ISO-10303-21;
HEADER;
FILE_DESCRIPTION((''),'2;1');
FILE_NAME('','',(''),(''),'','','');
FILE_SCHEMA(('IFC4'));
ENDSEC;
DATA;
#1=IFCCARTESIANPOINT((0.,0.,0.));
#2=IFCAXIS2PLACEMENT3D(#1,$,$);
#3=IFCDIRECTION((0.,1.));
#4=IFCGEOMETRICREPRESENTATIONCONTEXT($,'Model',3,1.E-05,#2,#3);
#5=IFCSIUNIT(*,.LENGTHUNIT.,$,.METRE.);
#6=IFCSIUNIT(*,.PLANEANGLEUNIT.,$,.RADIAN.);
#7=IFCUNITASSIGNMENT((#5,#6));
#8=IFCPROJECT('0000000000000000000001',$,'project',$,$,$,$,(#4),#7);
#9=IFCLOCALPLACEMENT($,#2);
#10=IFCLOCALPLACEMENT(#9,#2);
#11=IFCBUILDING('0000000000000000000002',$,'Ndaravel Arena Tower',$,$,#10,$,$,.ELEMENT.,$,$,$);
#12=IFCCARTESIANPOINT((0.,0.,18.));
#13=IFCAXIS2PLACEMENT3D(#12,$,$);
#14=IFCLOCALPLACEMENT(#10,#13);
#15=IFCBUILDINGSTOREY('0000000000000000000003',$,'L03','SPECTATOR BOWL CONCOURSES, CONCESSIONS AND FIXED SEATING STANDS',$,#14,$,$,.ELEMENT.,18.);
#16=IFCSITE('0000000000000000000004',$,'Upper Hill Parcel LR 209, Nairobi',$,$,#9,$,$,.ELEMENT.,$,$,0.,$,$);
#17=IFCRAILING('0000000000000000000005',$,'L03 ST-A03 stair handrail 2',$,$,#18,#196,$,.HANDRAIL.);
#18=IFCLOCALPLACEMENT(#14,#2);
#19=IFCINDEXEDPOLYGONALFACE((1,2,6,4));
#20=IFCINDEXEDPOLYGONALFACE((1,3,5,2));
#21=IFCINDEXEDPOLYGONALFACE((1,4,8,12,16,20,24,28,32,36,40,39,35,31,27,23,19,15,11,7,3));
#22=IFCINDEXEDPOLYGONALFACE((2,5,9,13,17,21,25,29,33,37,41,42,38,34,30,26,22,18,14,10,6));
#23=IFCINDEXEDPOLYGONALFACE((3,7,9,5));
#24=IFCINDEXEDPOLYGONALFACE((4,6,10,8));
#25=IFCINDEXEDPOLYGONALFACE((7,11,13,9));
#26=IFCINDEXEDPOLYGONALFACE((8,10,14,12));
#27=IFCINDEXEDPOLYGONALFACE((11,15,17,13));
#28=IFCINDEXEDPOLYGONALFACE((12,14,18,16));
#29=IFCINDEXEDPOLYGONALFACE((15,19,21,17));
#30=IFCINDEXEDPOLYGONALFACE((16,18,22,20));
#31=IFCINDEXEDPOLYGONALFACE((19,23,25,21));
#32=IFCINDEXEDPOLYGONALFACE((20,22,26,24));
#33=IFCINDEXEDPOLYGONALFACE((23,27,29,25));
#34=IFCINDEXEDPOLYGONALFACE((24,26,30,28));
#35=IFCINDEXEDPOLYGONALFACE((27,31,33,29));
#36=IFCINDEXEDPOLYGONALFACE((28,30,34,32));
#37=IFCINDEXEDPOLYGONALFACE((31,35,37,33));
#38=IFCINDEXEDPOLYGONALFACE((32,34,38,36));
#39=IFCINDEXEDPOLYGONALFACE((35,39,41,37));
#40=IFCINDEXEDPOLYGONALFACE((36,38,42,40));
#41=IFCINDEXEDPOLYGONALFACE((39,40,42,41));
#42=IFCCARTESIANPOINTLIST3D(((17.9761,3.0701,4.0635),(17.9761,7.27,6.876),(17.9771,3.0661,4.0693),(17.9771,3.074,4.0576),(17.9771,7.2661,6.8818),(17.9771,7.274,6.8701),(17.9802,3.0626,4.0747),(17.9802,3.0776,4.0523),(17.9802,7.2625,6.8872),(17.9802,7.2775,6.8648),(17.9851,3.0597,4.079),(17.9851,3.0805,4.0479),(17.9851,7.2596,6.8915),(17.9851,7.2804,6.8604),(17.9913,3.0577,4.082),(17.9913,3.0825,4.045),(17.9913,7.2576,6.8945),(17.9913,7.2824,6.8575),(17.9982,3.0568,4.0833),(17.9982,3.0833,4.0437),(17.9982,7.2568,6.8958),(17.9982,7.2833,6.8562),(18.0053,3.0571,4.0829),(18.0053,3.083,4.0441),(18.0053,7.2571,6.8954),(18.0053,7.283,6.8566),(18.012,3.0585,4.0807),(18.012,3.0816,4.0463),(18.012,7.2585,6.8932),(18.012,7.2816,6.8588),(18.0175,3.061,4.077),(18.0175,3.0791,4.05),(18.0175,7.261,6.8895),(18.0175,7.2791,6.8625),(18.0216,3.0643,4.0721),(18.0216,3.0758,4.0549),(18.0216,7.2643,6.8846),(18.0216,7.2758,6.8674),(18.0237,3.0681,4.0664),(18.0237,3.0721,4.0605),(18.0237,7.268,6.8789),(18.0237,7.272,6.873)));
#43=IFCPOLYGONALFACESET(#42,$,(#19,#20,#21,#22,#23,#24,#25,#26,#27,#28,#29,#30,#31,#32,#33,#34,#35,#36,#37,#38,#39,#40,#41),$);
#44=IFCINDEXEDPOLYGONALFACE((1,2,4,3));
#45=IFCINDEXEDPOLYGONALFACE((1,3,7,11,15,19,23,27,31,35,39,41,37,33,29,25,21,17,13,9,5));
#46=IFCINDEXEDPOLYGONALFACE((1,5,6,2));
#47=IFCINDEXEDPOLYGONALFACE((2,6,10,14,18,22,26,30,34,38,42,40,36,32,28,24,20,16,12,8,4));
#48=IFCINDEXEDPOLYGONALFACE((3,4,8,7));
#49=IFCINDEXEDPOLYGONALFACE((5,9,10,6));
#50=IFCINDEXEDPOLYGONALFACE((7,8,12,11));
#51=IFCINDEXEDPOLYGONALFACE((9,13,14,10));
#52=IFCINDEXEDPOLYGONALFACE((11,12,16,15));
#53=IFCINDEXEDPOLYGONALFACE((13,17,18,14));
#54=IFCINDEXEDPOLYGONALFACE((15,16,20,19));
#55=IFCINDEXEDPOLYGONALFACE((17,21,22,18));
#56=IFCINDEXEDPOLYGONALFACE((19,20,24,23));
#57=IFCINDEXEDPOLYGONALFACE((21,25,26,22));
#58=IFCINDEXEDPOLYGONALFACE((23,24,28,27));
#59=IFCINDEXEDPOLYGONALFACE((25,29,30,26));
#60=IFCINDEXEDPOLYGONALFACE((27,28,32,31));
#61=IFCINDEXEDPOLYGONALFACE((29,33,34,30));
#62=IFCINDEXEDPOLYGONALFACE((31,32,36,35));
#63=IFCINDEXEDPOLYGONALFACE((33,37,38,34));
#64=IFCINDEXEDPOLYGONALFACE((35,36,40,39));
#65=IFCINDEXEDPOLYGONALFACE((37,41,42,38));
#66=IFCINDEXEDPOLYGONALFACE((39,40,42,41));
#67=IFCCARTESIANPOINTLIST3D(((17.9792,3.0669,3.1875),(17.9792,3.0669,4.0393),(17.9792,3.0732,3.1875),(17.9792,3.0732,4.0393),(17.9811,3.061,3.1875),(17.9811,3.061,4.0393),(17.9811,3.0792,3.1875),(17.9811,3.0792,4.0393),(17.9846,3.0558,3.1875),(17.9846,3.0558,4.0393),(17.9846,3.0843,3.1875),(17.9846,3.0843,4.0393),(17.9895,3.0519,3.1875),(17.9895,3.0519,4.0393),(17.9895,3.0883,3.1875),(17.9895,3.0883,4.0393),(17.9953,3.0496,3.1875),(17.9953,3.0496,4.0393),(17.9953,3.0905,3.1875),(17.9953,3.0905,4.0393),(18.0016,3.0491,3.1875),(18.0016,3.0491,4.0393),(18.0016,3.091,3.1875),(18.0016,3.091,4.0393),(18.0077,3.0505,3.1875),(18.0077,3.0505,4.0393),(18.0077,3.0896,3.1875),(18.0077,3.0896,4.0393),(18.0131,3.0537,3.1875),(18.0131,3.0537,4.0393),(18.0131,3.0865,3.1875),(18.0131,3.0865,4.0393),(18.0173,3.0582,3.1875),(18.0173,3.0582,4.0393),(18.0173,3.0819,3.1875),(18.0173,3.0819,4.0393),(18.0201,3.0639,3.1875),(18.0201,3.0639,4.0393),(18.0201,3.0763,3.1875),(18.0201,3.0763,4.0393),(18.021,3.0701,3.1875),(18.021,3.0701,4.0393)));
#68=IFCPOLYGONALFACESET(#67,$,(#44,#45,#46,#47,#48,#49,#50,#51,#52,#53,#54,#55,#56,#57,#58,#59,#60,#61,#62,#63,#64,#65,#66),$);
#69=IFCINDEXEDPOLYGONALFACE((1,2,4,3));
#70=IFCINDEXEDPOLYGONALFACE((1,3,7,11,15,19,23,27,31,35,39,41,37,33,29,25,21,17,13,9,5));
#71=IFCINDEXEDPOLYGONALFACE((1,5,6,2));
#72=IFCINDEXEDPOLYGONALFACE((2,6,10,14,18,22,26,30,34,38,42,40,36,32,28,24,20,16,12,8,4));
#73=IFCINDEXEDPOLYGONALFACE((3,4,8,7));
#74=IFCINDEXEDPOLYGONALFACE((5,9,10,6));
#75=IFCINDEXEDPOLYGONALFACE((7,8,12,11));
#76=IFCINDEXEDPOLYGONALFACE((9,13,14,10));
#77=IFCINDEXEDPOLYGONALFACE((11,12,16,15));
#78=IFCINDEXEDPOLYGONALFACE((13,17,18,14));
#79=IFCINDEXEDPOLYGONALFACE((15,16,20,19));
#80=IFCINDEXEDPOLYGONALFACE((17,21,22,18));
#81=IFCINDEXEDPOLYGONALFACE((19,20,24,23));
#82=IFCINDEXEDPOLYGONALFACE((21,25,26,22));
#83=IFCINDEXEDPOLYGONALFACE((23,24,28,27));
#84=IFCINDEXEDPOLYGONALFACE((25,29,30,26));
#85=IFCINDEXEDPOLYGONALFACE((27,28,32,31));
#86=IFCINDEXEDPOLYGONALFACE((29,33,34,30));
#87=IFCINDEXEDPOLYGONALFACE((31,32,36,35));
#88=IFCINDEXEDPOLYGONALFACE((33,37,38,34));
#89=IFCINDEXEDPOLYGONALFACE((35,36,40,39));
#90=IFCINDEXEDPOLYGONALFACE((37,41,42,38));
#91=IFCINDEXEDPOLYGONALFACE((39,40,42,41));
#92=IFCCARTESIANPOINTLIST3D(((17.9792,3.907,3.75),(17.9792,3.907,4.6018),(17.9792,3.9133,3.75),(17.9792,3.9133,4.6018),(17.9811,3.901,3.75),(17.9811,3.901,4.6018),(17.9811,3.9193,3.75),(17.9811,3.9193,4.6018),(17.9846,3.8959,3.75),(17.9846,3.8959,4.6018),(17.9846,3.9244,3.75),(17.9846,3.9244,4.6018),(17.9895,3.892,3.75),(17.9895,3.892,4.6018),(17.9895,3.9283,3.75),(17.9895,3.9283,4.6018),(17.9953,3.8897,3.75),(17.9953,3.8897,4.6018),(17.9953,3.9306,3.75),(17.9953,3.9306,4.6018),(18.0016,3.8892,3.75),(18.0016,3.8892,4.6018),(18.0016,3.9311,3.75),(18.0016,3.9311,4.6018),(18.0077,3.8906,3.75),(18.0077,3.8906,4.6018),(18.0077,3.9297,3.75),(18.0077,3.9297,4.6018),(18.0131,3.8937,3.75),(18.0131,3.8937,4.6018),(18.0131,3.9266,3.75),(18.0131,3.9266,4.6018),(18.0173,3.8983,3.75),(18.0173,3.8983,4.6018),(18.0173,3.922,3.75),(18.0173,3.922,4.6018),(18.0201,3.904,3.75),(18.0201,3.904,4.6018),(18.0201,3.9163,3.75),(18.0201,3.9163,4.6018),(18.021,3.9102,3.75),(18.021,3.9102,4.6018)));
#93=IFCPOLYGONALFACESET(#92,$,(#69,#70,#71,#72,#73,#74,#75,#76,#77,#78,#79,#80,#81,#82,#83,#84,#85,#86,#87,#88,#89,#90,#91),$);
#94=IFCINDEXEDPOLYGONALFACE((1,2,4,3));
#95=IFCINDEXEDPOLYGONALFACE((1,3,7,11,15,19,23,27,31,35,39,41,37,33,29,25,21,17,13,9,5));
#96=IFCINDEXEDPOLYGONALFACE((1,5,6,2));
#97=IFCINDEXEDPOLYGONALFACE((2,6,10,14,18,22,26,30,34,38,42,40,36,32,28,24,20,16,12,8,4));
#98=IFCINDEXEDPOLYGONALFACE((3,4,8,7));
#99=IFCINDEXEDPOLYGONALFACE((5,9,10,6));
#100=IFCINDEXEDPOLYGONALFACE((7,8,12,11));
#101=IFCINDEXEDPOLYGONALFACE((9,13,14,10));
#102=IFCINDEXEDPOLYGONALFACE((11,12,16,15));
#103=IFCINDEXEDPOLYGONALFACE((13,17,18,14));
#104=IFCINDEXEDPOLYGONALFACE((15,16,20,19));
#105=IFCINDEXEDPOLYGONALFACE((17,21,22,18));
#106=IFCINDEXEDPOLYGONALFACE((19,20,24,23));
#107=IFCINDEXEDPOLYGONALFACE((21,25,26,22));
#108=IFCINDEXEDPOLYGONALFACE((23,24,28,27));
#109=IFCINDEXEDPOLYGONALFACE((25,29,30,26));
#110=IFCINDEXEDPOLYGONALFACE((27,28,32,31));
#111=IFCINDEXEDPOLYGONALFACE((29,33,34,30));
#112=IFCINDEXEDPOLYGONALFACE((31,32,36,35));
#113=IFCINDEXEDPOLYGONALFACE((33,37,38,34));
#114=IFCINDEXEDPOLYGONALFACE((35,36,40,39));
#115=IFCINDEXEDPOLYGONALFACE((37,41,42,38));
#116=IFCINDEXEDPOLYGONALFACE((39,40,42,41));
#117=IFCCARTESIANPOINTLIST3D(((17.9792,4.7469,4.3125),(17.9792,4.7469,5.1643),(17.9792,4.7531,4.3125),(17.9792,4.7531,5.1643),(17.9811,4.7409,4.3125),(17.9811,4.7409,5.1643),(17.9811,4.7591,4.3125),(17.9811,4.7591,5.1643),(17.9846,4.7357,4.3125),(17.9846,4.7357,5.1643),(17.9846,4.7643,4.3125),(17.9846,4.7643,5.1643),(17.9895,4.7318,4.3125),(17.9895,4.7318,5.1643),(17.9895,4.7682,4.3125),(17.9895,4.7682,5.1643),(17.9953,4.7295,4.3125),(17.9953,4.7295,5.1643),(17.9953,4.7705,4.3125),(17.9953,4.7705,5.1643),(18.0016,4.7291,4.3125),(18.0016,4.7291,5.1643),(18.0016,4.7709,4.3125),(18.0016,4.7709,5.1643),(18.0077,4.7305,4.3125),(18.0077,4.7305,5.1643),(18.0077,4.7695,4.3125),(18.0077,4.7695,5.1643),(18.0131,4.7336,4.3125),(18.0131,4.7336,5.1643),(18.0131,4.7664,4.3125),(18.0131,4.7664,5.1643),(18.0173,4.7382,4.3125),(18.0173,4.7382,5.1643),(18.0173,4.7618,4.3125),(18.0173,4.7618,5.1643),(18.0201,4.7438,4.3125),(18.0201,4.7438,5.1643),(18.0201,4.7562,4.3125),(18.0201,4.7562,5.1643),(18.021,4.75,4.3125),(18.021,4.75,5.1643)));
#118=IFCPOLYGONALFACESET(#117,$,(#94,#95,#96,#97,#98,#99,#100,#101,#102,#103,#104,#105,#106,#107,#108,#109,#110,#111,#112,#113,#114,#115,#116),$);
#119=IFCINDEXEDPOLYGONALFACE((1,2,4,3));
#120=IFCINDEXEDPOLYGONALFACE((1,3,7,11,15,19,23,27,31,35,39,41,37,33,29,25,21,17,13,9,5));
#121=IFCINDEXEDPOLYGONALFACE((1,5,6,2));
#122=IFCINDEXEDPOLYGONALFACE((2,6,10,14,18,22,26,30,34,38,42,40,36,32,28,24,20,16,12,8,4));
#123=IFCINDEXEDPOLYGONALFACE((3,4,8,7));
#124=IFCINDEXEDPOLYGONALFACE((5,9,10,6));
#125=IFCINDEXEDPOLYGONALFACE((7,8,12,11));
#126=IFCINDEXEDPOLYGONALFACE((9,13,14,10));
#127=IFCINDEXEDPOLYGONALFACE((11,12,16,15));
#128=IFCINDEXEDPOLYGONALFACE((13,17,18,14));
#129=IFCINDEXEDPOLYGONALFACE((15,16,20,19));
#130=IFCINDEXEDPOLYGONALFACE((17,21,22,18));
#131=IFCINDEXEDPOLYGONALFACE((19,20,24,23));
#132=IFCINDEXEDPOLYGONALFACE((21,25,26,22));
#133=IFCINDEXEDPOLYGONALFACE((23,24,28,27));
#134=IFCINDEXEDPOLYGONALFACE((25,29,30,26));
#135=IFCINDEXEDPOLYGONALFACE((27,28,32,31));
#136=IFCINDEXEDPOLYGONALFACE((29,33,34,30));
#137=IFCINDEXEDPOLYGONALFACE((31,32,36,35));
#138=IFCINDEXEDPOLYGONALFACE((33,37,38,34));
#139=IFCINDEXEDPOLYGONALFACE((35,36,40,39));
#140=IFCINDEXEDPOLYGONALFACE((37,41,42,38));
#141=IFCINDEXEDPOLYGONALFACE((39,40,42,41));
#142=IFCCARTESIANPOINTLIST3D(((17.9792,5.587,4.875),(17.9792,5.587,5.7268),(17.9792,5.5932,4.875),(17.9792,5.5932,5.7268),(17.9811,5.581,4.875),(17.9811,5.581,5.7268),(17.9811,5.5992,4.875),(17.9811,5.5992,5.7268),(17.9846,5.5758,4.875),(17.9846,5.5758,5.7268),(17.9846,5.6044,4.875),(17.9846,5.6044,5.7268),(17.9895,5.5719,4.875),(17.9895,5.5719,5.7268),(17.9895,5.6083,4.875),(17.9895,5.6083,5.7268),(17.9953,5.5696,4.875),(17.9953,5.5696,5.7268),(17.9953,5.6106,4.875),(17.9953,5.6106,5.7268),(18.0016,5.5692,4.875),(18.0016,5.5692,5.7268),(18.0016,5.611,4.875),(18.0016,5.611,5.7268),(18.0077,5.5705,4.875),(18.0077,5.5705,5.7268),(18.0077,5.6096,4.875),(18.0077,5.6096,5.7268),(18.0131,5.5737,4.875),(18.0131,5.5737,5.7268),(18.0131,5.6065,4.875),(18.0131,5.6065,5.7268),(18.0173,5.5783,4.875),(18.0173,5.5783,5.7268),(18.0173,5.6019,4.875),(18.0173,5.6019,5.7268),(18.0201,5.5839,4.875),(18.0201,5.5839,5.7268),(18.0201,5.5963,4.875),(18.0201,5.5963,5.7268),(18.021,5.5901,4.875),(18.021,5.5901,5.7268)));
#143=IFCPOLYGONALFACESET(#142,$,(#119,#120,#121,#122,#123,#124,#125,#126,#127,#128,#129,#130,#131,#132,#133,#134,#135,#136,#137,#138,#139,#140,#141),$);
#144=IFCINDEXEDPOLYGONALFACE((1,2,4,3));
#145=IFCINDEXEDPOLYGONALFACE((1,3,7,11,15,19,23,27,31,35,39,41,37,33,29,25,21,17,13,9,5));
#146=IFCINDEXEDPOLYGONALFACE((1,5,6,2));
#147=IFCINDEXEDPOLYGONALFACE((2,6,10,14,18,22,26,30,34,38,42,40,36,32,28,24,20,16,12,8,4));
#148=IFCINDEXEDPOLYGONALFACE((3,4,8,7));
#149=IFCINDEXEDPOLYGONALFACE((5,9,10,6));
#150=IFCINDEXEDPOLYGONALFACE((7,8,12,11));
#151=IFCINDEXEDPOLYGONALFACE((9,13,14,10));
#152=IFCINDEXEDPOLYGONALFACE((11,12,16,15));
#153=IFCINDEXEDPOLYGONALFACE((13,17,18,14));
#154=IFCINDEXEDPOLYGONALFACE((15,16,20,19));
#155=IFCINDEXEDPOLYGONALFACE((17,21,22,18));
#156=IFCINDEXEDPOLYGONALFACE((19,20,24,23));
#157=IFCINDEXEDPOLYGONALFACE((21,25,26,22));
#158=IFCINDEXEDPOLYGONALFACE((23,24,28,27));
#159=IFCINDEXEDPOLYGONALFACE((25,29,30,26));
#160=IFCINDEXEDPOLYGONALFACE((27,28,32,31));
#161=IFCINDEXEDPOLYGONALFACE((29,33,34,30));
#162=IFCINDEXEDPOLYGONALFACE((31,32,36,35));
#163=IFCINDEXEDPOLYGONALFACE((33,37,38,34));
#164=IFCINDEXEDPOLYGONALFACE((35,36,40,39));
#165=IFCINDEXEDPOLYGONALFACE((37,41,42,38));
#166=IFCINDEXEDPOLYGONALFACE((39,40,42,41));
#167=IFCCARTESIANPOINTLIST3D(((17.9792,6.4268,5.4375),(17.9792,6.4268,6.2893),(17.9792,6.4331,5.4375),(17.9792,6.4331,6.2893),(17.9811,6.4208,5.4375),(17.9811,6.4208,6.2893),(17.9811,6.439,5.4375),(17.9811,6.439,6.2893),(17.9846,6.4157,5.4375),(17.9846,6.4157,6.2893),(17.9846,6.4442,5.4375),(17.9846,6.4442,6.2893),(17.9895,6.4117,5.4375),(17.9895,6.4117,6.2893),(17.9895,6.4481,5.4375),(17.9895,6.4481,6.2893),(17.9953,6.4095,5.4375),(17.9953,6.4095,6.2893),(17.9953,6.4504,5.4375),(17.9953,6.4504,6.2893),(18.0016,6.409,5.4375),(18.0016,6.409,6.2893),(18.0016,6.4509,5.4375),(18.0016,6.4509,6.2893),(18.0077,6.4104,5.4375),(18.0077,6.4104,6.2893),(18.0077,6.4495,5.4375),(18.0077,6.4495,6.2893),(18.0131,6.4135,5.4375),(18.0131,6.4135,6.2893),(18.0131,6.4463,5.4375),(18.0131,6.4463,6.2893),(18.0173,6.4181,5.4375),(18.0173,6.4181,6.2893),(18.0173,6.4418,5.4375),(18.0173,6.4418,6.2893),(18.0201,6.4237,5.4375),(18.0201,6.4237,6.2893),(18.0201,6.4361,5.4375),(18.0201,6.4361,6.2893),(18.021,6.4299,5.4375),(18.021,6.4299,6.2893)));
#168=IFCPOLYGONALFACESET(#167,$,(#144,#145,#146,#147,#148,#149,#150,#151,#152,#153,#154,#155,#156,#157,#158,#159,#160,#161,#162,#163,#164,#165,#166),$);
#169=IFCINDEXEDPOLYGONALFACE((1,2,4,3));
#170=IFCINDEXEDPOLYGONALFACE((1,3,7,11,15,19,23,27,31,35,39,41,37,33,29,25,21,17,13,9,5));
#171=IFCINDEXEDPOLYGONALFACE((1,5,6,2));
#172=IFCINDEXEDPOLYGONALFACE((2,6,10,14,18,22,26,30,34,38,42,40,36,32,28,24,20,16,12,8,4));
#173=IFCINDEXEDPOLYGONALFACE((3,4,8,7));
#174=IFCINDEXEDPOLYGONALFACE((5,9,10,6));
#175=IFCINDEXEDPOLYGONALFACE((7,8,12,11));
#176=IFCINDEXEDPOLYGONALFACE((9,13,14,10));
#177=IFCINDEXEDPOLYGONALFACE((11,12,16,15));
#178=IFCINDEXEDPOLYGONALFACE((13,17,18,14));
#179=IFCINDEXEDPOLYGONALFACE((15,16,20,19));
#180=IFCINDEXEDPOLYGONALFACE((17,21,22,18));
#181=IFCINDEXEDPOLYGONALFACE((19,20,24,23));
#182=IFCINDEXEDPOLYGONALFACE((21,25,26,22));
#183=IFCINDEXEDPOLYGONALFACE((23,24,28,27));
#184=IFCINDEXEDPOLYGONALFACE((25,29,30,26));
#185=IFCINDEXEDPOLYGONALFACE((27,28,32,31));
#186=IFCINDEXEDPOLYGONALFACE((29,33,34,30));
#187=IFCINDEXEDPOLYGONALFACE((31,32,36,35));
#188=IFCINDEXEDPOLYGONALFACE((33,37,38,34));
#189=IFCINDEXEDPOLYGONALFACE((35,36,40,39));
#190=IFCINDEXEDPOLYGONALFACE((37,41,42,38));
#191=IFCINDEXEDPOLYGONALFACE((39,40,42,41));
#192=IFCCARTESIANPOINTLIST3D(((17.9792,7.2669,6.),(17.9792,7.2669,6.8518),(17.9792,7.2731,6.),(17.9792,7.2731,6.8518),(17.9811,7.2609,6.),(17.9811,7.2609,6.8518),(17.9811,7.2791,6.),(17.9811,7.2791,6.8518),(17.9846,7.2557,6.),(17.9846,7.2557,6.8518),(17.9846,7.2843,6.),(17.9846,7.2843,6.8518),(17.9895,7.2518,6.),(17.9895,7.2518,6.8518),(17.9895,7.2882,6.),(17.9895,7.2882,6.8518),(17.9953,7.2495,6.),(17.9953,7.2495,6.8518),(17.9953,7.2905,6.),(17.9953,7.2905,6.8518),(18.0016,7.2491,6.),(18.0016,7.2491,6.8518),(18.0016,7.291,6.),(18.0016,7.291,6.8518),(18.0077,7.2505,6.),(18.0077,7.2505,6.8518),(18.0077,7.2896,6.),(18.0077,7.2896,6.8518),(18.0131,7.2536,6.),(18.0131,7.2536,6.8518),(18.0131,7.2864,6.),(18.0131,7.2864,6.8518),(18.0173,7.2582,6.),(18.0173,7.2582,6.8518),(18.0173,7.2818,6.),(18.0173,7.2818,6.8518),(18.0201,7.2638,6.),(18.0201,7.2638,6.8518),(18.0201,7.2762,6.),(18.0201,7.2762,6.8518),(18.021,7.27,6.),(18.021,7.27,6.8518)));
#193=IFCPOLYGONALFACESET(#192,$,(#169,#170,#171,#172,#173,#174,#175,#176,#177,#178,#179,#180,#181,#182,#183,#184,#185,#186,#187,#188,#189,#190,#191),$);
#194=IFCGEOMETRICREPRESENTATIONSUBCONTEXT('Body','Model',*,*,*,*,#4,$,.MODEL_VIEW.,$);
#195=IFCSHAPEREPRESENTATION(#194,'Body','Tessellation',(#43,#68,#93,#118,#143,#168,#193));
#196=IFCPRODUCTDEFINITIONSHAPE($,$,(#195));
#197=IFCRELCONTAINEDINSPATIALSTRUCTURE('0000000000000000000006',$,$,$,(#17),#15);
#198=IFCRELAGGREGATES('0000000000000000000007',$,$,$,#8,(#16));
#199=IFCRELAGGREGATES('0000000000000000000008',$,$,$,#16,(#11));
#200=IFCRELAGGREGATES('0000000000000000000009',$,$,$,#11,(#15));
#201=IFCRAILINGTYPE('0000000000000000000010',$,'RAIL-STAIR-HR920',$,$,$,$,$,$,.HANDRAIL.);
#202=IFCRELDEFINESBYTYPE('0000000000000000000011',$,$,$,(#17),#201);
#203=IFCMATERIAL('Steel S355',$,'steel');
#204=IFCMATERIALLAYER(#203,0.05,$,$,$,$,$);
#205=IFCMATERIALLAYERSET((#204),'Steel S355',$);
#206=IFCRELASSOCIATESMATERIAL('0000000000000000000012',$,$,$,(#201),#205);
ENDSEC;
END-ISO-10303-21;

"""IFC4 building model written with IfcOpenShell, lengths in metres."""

from ifc_helpers import new_model, si_unit, direction, frame, origin, origin_2d, place, context, subcontext, project, spatial, circle, extrude, material, layer, layer_set, type_object, element, save


model = new_model("IFC4")

# Units and contexts
model_context = context("Model", 3, precision=1e-05, world=origin(), true_north=direction((0.0, 1.0)))
body_context = subcontext(model_context, "Body", "Model", "MODEL_VIEW")
ifc_project = project(units=[si_unit("LENGTHUNIT", "METRE"), si_unit("PLANEANGLEUNIT", "RADIAN")], contexts=[model_context])

# Site, building, storey
site_placement = place(None, origin())
site = spatial("IfcSite", under=ifc_project, at=site_placement, Name="Upper Hill Parcel LR 209, Nairobi", CompositionType="ELEMENT", RefElevation=0.0)
building_placement = place(site_placement, origin())
building = spatial("IfcBuilding", under=site, at=building_placement, Name="Ndaravel Arena Tower", CompositionType="ELEMENT")
storey_placement = place(building_placement, frame((0.0, 0.0, 18.0)))
storey = spatial("IfcBuildingStorey", under=building, at=storey_placement, Name="L03", Description="SPECTATOR BOWL CONCOURSES, CONCESSIONS AND FIXED SEATING STANDS", CompositionType="ELEMENT", Elevation=18.0)

# Railing
ifc_material_1 = material(Name="Steel S355", Category="steel")
ifc_layer_1 = layer(ifc_material_1, 0.05)
ifc_layer_set_1 = layer_set([ifc_layer_1], Name="Steel S355")
railing_type_1 = type_object("IfcRailingType", Name="RAIL-STAIR-HR920", PredefinedType="HANDRAIL", material=ifc_layer_set_1)
railing_1_placement = place(storey_placement, frame((18.0, 3.0701, 3.1875)))
element("IfcRailing", 1, at=railing_1_placement, inside=storey, type_object=railing_type_1, Name="L03 ST-A03 stair handrail 2", PredefinedType="HANDRAIL", context=body_context, shape_type="SweptSolid", body=[
    extrude(circle(Radius=0.0239, at=origin_2d()), frame((0.0, 0.0, 0.876), z_axis=(0.0, 0.830904, 0.556416), x_axis=(-1.0, 0.0, 0.0)), (0.0, 0.0, 1.0), 5.0547),
    extrude(circle(Radius=0.021, at=origin_2d()), origin(), (0.0, 0.0, 1.0), 0.8518),
    extrude(circle(Radius=0.021, at=origin_2d()), frame((0.0, 0.8401, 0.5625)), (0.0, 0.0, 1.0), 0.8518),
    extrude(circle(Radius=0.021, at=origin_2d()), frame((0.0, 1.6799, 1.125)), (0.0, 0.0, 1.0), 0.8518),
    extrude(circle(Radius=0.021, at=origin_2d()), frame((0.0, 2.52, 1.6875)), (0.0, 0.0, 1.0), 0.8518),
    extrude(circle(Radius=0.021, at=origin_2d()), frame((0.0, 3.3599, 2.25)), (0.0, 0.0, 1.0), 0.8518),
    extrude(circle(Radius=0.021, at=origin_2d()), frame((0.0, 4.2, 2.8125)), (0.0, 0.0, 1.0), 0.8518),
])

save(model, "model.ifc")
